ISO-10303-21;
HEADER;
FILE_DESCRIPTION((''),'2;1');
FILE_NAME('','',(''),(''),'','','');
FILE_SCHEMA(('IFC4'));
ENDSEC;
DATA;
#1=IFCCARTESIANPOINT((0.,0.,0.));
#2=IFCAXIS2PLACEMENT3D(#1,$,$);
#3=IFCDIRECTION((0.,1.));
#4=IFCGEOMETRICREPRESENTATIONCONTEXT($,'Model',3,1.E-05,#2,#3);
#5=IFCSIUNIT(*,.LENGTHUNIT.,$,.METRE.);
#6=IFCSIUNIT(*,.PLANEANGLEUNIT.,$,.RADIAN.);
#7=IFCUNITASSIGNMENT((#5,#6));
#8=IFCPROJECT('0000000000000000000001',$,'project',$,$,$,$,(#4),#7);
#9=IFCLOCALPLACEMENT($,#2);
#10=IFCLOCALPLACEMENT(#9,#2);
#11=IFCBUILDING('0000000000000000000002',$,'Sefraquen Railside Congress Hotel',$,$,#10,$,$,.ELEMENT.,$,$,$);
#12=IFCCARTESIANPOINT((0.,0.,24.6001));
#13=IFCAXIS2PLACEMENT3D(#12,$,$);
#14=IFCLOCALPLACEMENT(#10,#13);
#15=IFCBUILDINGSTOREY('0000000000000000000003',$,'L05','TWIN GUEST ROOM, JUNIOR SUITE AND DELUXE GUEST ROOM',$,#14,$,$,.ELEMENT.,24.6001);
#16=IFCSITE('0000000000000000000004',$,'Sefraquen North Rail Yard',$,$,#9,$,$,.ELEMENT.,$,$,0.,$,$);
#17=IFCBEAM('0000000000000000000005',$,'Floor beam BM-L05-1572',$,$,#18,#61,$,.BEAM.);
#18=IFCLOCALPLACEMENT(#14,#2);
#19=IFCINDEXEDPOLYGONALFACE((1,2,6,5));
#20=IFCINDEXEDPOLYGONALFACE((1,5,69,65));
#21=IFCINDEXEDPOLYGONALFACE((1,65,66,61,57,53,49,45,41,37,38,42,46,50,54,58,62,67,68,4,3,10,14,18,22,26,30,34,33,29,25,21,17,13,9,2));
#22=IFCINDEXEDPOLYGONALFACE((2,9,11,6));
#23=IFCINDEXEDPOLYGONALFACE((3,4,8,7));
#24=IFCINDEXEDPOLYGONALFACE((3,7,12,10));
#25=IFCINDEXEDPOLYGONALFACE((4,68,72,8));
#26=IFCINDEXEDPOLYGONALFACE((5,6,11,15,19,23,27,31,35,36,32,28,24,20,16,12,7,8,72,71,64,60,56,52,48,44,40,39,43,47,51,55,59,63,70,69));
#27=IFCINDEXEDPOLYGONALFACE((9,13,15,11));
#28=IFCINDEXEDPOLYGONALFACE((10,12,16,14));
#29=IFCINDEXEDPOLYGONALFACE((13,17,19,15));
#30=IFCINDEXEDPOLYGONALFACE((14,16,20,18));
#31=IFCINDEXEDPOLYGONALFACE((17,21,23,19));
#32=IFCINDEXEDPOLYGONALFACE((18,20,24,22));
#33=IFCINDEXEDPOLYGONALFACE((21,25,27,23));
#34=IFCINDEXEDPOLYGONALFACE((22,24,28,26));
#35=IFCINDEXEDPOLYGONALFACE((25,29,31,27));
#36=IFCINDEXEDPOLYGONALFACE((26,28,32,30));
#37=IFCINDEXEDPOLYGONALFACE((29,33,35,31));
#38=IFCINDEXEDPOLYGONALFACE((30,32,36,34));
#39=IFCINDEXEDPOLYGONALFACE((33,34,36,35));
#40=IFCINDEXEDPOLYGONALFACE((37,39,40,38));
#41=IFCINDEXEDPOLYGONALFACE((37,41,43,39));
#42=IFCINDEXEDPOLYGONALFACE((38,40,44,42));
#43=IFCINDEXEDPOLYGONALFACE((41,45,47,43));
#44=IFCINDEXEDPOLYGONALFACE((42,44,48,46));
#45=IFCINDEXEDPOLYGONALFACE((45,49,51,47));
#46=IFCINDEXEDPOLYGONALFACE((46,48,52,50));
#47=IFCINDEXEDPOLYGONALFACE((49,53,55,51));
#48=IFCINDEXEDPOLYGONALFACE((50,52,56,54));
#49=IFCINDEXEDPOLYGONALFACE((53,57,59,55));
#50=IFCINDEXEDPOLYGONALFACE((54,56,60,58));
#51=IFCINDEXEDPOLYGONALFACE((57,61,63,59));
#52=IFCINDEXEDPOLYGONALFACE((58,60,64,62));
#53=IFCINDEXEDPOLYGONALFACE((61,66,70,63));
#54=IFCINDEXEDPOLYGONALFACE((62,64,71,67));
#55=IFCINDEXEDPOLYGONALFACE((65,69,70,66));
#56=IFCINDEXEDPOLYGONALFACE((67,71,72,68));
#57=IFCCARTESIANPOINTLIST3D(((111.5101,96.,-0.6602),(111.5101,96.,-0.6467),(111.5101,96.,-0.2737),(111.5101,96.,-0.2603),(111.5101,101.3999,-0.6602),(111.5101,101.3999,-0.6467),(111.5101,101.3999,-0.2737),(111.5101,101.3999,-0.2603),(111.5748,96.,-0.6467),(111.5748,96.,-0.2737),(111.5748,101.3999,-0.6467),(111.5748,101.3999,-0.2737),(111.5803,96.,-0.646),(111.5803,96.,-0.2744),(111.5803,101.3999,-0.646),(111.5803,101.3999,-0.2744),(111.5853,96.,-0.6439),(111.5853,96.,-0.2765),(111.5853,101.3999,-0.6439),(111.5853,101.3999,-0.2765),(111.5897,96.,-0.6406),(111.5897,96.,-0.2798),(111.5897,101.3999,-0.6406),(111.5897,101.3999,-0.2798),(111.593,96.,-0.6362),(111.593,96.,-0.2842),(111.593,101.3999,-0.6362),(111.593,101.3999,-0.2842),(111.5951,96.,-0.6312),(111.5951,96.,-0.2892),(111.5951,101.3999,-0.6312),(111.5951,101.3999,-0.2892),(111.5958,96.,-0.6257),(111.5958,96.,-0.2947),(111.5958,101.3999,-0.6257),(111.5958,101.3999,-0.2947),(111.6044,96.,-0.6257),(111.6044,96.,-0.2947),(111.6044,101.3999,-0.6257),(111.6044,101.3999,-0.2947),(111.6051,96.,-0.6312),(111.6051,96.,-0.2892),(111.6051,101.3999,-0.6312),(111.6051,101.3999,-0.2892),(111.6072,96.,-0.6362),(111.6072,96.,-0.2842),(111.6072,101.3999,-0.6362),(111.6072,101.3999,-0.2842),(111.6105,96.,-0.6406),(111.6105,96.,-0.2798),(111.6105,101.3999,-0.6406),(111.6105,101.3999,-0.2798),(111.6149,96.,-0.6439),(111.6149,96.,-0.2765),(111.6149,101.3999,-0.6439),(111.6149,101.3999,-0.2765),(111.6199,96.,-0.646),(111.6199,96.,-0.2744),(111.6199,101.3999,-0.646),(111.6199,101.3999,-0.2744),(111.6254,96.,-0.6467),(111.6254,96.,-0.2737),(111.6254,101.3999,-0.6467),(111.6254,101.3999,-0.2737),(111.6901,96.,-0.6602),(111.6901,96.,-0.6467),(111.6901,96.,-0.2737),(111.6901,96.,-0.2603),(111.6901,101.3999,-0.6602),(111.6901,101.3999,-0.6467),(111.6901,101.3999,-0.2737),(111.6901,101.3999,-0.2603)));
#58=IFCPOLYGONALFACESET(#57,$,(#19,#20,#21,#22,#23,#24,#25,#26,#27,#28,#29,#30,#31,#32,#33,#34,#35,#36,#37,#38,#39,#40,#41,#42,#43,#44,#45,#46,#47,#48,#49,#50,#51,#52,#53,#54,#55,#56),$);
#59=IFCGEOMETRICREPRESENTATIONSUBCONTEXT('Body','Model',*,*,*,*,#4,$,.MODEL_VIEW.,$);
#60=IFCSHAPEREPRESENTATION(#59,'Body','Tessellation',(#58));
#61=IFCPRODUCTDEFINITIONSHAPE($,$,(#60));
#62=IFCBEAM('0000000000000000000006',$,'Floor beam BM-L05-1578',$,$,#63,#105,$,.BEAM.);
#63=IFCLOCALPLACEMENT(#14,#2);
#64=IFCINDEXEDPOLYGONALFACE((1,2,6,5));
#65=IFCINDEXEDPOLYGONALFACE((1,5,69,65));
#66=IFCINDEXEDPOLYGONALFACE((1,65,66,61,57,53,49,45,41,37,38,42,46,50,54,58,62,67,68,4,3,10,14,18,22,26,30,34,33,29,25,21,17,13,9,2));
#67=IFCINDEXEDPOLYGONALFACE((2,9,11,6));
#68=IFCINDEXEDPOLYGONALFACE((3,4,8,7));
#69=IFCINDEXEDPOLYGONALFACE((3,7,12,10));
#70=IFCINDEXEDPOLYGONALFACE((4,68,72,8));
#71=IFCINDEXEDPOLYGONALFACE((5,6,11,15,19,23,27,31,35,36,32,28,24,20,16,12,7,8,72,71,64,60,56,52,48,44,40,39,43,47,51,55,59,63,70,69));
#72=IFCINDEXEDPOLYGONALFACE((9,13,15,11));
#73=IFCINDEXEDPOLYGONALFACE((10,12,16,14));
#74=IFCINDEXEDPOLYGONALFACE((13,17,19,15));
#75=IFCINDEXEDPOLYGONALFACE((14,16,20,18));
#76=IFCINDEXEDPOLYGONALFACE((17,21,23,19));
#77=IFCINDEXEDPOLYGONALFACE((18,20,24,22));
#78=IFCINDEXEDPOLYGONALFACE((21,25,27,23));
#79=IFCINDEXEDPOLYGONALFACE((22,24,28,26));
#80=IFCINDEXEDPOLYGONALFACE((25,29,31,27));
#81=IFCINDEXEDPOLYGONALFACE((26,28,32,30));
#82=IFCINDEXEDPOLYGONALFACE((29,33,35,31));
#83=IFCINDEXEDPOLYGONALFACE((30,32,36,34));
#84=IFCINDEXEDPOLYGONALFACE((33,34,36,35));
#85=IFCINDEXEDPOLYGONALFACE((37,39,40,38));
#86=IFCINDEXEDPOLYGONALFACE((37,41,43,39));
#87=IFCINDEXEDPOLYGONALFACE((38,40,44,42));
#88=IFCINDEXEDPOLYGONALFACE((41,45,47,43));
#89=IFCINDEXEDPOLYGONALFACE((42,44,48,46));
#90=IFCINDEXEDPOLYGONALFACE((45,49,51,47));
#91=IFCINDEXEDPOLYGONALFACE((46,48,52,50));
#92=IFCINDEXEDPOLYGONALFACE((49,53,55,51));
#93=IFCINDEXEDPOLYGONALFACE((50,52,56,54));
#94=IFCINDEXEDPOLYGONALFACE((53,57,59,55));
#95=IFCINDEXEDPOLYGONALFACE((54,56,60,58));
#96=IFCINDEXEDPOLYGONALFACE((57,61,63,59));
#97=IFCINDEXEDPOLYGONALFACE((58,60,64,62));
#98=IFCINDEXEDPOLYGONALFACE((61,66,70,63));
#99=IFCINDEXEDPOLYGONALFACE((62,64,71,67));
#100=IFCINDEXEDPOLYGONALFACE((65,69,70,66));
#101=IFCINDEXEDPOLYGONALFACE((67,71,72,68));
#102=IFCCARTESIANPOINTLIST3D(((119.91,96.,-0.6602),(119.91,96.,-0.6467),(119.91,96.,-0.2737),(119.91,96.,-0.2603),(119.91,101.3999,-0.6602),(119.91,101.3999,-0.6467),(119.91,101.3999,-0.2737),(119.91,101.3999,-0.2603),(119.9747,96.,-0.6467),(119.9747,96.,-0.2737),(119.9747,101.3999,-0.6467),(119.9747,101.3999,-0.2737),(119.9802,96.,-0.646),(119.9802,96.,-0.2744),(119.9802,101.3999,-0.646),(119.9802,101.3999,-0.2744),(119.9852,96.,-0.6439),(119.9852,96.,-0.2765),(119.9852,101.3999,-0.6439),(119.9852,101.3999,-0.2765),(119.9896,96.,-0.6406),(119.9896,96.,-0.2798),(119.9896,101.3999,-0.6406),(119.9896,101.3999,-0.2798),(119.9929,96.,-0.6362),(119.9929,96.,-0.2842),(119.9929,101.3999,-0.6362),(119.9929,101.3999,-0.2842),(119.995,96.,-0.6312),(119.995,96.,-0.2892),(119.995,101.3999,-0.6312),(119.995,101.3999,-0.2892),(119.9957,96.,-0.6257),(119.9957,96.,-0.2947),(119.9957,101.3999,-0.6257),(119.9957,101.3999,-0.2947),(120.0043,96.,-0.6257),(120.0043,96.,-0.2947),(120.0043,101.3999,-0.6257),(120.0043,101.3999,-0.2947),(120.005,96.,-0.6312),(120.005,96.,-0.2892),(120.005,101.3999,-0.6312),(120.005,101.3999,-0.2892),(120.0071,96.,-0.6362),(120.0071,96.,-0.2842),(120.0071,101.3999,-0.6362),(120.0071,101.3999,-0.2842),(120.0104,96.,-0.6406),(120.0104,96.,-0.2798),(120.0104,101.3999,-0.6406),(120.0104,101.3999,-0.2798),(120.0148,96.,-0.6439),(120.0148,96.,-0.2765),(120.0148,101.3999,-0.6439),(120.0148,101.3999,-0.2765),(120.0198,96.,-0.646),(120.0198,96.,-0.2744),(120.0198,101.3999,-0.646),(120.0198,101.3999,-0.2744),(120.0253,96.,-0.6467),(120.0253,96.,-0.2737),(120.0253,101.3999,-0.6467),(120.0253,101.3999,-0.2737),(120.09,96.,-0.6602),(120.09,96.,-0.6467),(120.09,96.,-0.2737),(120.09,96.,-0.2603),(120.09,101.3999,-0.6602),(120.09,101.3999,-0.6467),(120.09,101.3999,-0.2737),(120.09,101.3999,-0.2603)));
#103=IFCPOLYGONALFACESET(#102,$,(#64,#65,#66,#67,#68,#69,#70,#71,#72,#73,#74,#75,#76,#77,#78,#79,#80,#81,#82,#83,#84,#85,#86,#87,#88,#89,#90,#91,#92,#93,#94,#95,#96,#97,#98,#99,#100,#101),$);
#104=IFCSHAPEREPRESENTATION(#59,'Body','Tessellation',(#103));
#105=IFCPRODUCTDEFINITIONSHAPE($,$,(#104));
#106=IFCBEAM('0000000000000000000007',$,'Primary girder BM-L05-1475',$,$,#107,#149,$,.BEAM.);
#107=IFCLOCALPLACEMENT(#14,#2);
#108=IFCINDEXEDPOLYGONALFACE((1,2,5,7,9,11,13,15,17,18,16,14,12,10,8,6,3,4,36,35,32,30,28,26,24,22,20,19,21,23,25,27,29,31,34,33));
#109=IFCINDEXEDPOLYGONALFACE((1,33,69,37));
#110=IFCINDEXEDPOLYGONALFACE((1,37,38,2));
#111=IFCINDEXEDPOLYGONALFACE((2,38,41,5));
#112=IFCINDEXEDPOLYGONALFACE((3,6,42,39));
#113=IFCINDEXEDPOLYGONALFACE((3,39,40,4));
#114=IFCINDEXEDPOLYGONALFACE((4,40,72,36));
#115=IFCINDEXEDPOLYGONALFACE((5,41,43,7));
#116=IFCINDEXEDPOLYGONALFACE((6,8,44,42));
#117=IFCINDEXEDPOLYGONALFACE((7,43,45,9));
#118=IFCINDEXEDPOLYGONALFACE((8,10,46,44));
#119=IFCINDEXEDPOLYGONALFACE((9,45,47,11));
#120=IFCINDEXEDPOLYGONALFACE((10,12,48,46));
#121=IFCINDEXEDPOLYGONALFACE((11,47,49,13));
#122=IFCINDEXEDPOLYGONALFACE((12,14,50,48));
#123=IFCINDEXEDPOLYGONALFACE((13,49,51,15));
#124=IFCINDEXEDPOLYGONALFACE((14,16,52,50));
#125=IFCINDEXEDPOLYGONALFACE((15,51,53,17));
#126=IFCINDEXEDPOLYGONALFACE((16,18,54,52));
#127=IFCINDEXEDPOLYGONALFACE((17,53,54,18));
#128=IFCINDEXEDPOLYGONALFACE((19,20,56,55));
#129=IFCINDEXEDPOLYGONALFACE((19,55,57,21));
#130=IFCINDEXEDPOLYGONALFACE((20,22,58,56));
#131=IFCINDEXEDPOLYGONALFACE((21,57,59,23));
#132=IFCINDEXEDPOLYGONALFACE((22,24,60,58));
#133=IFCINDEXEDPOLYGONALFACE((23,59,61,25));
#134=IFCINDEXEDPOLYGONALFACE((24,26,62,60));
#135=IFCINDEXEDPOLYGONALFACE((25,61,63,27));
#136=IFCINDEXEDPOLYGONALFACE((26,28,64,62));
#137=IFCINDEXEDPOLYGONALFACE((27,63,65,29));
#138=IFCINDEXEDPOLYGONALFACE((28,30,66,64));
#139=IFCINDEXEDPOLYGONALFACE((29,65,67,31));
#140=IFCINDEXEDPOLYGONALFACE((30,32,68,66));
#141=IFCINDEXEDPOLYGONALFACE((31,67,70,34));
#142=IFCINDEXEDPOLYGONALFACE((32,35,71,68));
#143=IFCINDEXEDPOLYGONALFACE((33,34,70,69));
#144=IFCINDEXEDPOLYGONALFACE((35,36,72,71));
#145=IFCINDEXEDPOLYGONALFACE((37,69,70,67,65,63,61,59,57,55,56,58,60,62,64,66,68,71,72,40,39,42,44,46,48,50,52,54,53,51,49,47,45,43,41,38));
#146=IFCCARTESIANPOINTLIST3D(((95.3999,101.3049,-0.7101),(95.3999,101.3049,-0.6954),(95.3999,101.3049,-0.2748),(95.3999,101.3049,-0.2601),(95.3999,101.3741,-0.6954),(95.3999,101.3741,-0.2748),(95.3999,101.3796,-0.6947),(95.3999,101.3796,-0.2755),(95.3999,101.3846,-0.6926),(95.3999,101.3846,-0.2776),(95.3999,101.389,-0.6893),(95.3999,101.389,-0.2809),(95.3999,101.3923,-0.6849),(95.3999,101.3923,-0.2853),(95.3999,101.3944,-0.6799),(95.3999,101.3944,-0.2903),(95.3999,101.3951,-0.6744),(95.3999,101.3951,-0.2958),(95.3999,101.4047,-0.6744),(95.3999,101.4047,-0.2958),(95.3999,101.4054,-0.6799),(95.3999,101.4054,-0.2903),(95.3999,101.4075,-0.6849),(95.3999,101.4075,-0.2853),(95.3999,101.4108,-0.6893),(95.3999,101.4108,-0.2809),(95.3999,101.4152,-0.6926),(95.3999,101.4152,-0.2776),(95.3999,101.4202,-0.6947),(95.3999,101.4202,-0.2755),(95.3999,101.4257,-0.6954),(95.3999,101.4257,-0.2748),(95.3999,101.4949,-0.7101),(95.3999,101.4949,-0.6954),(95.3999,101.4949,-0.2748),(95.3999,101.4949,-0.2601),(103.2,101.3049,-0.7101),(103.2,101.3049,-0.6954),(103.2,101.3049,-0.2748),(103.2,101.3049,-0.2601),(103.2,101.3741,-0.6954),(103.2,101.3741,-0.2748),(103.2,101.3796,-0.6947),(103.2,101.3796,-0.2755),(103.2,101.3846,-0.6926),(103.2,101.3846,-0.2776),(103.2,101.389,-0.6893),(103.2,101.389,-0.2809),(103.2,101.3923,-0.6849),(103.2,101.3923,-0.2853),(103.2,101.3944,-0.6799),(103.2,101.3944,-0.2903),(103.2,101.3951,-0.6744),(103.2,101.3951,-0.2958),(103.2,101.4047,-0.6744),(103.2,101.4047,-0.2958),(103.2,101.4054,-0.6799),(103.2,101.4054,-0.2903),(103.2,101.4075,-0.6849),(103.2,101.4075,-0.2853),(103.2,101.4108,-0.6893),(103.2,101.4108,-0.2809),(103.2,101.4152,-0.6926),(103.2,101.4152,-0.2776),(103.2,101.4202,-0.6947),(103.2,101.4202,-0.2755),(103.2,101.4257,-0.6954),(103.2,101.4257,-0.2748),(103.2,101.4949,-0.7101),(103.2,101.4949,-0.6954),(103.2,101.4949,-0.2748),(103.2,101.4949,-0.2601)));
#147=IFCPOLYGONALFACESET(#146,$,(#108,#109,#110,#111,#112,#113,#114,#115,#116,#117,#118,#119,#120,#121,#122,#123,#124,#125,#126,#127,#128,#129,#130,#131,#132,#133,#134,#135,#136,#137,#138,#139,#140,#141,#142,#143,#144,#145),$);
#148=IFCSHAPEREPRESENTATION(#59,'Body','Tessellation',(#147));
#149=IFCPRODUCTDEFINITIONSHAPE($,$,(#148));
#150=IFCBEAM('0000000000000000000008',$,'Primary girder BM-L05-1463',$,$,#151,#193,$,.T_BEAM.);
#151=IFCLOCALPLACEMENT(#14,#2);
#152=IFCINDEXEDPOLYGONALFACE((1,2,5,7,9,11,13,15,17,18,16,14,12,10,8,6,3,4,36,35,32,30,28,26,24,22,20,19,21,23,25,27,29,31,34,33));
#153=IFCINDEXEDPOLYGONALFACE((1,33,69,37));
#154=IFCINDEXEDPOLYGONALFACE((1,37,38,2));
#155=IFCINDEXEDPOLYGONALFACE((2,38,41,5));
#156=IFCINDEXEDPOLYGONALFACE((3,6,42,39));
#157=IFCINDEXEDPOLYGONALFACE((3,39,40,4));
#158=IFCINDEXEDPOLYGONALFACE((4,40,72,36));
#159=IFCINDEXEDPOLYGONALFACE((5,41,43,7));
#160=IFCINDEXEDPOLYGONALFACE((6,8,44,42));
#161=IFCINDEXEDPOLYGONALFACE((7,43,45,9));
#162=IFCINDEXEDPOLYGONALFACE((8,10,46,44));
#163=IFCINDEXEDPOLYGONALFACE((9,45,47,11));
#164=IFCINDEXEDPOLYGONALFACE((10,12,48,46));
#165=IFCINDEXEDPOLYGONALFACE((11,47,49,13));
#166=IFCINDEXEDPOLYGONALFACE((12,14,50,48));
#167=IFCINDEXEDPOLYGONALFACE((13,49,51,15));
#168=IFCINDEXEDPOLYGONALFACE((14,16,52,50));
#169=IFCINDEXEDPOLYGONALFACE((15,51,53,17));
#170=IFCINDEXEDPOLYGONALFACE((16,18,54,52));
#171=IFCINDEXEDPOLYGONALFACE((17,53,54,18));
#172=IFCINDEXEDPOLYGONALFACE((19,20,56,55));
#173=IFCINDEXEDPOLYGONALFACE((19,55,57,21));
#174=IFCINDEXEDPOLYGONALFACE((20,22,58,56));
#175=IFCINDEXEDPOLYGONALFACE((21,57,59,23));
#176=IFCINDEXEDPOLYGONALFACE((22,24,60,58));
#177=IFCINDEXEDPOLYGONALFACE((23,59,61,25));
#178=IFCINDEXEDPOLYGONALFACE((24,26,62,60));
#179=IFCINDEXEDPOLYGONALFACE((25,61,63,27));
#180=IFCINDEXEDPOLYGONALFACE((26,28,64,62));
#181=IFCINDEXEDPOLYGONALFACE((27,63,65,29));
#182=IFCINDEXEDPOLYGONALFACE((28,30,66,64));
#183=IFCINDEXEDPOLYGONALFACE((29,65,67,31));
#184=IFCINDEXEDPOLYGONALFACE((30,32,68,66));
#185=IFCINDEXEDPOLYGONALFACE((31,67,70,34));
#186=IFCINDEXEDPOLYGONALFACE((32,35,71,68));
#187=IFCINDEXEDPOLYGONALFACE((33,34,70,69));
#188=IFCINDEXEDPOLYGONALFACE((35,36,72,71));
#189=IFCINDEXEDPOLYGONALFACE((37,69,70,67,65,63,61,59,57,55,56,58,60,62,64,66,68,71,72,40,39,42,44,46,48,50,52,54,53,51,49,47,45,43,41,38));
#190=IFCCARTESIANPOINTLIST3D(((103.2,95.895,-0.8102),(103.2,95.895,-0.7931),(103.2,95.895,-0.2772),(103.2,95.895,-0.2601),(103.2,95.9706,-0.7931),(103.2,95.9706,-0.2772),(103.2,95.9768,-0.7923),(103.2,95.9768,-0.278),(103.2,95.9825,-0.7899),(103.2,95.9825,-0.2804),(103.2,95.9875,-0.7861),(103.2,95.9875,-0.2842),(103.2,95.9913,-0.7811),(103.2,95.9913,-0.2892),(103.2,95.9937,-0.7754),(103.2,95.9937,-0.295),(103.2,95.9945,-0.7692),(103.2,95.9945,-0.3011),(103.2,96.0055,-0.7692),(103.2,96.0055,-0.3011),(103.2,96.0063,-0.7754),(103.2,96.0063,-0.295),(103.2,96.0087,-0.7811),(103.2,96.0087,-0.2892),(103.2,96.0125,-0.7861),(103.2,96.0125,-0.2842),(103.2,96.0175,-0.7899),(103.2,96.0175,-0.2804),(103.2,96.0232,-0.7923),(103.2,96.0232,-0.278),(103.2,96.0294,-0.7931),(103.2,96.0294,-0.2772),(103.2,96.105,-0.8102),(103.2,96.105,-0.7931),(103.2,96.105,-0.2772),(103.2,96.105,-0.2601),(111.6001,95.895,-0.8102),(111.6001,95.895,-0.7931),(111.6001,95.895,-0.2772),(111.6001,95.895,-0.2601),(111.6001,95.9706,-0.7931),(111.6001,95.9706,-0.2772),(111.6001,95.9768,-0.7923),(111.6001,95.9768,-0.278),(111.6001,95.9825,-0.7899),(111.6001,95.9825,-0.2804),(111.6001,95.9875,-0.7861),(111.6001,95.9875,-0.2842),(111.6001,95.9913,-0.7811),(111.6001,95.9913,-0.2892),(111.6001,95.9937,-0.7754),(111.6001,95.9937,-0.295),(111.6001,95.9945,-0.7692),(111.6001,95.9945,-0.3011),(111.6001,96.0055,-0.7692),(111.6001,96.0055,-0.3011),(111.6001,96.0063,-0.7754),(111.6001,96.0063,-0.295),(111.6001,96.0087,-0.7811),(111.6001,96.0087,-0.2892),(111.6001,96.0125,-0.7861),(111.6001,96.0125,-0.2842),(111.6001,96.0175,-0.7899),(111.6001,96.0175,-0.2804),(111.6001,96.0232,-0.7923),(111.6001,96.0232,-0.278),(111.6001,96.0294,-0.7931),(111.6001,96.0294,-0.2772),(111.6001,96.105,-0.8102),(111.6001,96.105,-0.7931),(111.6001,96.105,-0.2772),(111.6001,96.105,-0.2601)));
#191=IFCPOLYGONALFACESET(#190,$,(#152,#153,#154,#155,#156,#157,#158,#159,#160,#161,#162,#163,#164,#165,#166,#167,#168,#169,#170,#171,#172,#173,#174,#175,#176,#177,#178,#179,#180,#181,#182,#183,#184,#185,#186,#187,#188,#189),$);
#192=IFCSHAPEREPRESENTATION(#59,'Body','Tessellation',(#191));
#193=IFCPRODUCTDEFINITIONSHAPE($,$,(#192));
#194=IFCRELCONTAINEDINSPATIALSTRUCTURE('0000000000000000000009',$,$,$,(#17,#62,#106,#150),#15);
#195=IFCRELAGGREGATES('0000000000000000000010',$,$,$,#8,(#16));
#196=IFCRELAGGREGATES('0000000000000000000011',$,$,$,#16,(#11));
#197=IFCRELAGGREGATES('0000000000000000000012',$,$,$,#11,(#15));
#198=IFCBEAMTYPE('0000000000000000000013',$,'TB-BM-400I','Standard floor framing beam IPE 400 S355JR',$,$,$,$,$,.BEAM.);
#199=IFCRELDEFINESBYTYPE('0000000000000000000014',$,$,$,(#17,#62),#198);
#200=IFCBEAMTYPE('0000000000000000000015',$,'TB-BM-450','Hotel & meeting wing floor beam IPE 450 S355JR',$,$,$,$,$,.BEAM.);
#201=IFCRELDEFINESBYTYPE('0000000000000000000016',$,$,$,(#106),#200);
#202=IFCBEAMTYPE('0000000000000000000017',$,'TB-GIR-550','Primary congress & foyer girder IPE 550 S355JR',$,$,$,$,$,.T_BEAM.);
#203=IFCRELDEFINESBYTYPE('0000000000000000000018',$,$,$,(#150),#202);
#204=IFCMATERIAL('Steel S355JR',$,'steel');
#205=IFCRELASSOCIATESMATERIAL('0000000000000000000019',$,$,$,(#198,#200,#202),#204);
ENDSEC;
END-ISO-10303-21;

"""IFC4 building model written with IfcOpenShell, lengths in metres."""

from ifc_helpers import new_model, si_unit, direction, frame, origin, origin_2d, place, context, subcontext, project, spatial, i_section, extrude, material, material_profile, profile_set, type_object, element, save


model = new_model("IFC4")

# Units and contexts
model_context = context("Model", 3, precision=1e-05, world=origin(), true_north=direction((0.0, 1.0)))
body_context = subcontext(model_context, "Body", "Model", "MODEL_VIEW")
ifc_project = project(units=[si_unit("LENGTHUNIT", "METRE"), si_unit("PLANEANGLEUNIT", "RADIAN")], contexts=[model_context])

# Site, building, storey
site_placement = place(None, origin())
site = spatial("IfcSite", under=ifc_project, at=site_placement, Name="Sefraquen North Rail Yard", CompositionType="ELEMENT", RefElevation=0.0)
building_placement = place(site_placement, origin())
building = spatial("IfcBuilding", under=site, at=building_placement, Name="Sefraquen Railside Congress Hotel", CompositionType="ELEMENT")
storey_placement = place(building_placement, frame((0.0, 0.0, 24.6001)))
storey = spatial("IfcBuildingStorey", under=building, at=storey_placement, Name="L05", Description="TWIN GUEST ROOM, JUNIOR SUITE AND DELUXE GUEST ROOM", CompositionType="ELEMENT", Elevation=24.6001)

# Shared definitions
ifc_material_1 = material(Name="Steel S355JR", Category="steel")

# Beams
ifc_material_profile_1 = material_profile(ifc_material_1, i_section(OverallWidth=0.1799, OverallDepth=0.3999, WebThickness=0.0085, FlangeThickness=0.0134, FilletRadius=0.021, at=origin_2d()), Name="IPE 400")
ifc_profile_set_1 = profile_set([ifc_material_profile_1], Name="Steel S355JR")
beam_type_1 = type_object("IfcBeamType", Name="TB-BM-400I", Description="Standard floor framing beam IPE 400 S355JR", PredefinedType="BEAM", material=ifc_profile_set_1)
for number, where, z_axis, x_axis, name in (
    (1, (111.6001, 96.0, -0.4602), (0.0, 1.0, 0.0), (-1.0, 0.0, 0.0), "Floor beam BM-L05-1572"),
    (2, (120.0, 96.0, -0.4602), (0.0, 1.0, 0.0), (-1.0, 0.0, 0.0), "Floor beam BM-L05-1578"),
):
    element("IfcBeam", number, at=place(storey_placement, frame(where, z_axis=z_axis, x_axis=x_axis)), inside=storey, type_object=beam_type_1, Name=name, PredefinedType="BEAM", context=body_context, shape_type="SweptSolid", body=[
        extrude(i_section(OverallWidth=0.1799, OverallDepth=0.3999, WebThickness=0.0085, FlangeThickness=0.0134, FilletRadius=0.021, at=origin_2d()), origin(), (0.0, 0.0, 1.0), 5.3999),
    ])
ifc_material_profile_2 = material_profile(ifc_material_1, i_section(OverallWidth=0.1899, OverallDepth=0.45, WebThickness=0.0095, FlangeThickness=0.0146, FilletRadius=0.021, at=origin_2d()), Name="IPE 450")
ifc_profile_set_2 = profile_set([ifc_material_profile_2], Name="Steel S355JR")
beam_type_2 = type_object("IfcBeamType", Name="TB-BM-450", Description="Hotel & meeting wing floor beam IPE 450 S355JR", PredefinedType="BEAM", material=ifc_profile_set_2)
beam_1_placement = place(storey_placement, frame((95.3999, 101.3999, -0.4851), z_axis=(1.0, 0.0, 0.0), x_axis=(0.0, 1.0, 0.0)))
element("IfcBeam", 3, at=beam_1_placement, inside=storey, type_object=beam_type_2, Name="Primary girder BM-L05-1475", PredefinedType="BEAM", context=body_context, shape_type="SweptSolid", body=[
    extrude(i_section(OverallWidth=0.1899, OverallDepth=0.45, WebThickness=0.0095, FlangeThickness=0.0146, FilletRadius=0.021, at=origin_2d()), origin(), (0.0, 0.0, 1.0), 7.8),
])
ifc_material_profile_3 = material_profile(ifc_material_1, i_section(OverallWidth=0.21, OverallDepth=0.55, WebThickness=0.011, FlangeThickness=0.0171, FilletRadius=0.0239, at=origin_2d()), Name="IPE 550")
ifc_profile_set_3 = profile_set([ifc_material_profile_3], Name="Steel S355JR")
beam_type_3 = type_object("IfcBeamType", Name="TB-GIR-550", Description="Primary congress & foyer girder IPE 550 S355JR", PredefinedType="T_BEAM", material=ifc_profile_set_3)
beam_2_placement = place(storey_placement, frame((103.2, 96.0, -0.5352), z_axis=(1.0, 0.0, 0.0), x_axis=(0.0, 1.0, 0.0)))
element("IfcBeam", 4, at=beam_2_placement, inside=storey, type_object=beam_type_3, Name="Primary girder BM-L05-1463", PredefinedType="T_BEAM", context=body_context, shape_type="SweptSolid", body=[
    extrude(i_section(OverallWidth=0.21, OverallDepth=0.55, WebThickness=0.011, FlangeThickness=0.0171, FilletRadius=0.0239, at=origin_2d()), origin(), (0.0, 0.0, 1.0), 8.4001),
])

save(model, "model.ifc")
